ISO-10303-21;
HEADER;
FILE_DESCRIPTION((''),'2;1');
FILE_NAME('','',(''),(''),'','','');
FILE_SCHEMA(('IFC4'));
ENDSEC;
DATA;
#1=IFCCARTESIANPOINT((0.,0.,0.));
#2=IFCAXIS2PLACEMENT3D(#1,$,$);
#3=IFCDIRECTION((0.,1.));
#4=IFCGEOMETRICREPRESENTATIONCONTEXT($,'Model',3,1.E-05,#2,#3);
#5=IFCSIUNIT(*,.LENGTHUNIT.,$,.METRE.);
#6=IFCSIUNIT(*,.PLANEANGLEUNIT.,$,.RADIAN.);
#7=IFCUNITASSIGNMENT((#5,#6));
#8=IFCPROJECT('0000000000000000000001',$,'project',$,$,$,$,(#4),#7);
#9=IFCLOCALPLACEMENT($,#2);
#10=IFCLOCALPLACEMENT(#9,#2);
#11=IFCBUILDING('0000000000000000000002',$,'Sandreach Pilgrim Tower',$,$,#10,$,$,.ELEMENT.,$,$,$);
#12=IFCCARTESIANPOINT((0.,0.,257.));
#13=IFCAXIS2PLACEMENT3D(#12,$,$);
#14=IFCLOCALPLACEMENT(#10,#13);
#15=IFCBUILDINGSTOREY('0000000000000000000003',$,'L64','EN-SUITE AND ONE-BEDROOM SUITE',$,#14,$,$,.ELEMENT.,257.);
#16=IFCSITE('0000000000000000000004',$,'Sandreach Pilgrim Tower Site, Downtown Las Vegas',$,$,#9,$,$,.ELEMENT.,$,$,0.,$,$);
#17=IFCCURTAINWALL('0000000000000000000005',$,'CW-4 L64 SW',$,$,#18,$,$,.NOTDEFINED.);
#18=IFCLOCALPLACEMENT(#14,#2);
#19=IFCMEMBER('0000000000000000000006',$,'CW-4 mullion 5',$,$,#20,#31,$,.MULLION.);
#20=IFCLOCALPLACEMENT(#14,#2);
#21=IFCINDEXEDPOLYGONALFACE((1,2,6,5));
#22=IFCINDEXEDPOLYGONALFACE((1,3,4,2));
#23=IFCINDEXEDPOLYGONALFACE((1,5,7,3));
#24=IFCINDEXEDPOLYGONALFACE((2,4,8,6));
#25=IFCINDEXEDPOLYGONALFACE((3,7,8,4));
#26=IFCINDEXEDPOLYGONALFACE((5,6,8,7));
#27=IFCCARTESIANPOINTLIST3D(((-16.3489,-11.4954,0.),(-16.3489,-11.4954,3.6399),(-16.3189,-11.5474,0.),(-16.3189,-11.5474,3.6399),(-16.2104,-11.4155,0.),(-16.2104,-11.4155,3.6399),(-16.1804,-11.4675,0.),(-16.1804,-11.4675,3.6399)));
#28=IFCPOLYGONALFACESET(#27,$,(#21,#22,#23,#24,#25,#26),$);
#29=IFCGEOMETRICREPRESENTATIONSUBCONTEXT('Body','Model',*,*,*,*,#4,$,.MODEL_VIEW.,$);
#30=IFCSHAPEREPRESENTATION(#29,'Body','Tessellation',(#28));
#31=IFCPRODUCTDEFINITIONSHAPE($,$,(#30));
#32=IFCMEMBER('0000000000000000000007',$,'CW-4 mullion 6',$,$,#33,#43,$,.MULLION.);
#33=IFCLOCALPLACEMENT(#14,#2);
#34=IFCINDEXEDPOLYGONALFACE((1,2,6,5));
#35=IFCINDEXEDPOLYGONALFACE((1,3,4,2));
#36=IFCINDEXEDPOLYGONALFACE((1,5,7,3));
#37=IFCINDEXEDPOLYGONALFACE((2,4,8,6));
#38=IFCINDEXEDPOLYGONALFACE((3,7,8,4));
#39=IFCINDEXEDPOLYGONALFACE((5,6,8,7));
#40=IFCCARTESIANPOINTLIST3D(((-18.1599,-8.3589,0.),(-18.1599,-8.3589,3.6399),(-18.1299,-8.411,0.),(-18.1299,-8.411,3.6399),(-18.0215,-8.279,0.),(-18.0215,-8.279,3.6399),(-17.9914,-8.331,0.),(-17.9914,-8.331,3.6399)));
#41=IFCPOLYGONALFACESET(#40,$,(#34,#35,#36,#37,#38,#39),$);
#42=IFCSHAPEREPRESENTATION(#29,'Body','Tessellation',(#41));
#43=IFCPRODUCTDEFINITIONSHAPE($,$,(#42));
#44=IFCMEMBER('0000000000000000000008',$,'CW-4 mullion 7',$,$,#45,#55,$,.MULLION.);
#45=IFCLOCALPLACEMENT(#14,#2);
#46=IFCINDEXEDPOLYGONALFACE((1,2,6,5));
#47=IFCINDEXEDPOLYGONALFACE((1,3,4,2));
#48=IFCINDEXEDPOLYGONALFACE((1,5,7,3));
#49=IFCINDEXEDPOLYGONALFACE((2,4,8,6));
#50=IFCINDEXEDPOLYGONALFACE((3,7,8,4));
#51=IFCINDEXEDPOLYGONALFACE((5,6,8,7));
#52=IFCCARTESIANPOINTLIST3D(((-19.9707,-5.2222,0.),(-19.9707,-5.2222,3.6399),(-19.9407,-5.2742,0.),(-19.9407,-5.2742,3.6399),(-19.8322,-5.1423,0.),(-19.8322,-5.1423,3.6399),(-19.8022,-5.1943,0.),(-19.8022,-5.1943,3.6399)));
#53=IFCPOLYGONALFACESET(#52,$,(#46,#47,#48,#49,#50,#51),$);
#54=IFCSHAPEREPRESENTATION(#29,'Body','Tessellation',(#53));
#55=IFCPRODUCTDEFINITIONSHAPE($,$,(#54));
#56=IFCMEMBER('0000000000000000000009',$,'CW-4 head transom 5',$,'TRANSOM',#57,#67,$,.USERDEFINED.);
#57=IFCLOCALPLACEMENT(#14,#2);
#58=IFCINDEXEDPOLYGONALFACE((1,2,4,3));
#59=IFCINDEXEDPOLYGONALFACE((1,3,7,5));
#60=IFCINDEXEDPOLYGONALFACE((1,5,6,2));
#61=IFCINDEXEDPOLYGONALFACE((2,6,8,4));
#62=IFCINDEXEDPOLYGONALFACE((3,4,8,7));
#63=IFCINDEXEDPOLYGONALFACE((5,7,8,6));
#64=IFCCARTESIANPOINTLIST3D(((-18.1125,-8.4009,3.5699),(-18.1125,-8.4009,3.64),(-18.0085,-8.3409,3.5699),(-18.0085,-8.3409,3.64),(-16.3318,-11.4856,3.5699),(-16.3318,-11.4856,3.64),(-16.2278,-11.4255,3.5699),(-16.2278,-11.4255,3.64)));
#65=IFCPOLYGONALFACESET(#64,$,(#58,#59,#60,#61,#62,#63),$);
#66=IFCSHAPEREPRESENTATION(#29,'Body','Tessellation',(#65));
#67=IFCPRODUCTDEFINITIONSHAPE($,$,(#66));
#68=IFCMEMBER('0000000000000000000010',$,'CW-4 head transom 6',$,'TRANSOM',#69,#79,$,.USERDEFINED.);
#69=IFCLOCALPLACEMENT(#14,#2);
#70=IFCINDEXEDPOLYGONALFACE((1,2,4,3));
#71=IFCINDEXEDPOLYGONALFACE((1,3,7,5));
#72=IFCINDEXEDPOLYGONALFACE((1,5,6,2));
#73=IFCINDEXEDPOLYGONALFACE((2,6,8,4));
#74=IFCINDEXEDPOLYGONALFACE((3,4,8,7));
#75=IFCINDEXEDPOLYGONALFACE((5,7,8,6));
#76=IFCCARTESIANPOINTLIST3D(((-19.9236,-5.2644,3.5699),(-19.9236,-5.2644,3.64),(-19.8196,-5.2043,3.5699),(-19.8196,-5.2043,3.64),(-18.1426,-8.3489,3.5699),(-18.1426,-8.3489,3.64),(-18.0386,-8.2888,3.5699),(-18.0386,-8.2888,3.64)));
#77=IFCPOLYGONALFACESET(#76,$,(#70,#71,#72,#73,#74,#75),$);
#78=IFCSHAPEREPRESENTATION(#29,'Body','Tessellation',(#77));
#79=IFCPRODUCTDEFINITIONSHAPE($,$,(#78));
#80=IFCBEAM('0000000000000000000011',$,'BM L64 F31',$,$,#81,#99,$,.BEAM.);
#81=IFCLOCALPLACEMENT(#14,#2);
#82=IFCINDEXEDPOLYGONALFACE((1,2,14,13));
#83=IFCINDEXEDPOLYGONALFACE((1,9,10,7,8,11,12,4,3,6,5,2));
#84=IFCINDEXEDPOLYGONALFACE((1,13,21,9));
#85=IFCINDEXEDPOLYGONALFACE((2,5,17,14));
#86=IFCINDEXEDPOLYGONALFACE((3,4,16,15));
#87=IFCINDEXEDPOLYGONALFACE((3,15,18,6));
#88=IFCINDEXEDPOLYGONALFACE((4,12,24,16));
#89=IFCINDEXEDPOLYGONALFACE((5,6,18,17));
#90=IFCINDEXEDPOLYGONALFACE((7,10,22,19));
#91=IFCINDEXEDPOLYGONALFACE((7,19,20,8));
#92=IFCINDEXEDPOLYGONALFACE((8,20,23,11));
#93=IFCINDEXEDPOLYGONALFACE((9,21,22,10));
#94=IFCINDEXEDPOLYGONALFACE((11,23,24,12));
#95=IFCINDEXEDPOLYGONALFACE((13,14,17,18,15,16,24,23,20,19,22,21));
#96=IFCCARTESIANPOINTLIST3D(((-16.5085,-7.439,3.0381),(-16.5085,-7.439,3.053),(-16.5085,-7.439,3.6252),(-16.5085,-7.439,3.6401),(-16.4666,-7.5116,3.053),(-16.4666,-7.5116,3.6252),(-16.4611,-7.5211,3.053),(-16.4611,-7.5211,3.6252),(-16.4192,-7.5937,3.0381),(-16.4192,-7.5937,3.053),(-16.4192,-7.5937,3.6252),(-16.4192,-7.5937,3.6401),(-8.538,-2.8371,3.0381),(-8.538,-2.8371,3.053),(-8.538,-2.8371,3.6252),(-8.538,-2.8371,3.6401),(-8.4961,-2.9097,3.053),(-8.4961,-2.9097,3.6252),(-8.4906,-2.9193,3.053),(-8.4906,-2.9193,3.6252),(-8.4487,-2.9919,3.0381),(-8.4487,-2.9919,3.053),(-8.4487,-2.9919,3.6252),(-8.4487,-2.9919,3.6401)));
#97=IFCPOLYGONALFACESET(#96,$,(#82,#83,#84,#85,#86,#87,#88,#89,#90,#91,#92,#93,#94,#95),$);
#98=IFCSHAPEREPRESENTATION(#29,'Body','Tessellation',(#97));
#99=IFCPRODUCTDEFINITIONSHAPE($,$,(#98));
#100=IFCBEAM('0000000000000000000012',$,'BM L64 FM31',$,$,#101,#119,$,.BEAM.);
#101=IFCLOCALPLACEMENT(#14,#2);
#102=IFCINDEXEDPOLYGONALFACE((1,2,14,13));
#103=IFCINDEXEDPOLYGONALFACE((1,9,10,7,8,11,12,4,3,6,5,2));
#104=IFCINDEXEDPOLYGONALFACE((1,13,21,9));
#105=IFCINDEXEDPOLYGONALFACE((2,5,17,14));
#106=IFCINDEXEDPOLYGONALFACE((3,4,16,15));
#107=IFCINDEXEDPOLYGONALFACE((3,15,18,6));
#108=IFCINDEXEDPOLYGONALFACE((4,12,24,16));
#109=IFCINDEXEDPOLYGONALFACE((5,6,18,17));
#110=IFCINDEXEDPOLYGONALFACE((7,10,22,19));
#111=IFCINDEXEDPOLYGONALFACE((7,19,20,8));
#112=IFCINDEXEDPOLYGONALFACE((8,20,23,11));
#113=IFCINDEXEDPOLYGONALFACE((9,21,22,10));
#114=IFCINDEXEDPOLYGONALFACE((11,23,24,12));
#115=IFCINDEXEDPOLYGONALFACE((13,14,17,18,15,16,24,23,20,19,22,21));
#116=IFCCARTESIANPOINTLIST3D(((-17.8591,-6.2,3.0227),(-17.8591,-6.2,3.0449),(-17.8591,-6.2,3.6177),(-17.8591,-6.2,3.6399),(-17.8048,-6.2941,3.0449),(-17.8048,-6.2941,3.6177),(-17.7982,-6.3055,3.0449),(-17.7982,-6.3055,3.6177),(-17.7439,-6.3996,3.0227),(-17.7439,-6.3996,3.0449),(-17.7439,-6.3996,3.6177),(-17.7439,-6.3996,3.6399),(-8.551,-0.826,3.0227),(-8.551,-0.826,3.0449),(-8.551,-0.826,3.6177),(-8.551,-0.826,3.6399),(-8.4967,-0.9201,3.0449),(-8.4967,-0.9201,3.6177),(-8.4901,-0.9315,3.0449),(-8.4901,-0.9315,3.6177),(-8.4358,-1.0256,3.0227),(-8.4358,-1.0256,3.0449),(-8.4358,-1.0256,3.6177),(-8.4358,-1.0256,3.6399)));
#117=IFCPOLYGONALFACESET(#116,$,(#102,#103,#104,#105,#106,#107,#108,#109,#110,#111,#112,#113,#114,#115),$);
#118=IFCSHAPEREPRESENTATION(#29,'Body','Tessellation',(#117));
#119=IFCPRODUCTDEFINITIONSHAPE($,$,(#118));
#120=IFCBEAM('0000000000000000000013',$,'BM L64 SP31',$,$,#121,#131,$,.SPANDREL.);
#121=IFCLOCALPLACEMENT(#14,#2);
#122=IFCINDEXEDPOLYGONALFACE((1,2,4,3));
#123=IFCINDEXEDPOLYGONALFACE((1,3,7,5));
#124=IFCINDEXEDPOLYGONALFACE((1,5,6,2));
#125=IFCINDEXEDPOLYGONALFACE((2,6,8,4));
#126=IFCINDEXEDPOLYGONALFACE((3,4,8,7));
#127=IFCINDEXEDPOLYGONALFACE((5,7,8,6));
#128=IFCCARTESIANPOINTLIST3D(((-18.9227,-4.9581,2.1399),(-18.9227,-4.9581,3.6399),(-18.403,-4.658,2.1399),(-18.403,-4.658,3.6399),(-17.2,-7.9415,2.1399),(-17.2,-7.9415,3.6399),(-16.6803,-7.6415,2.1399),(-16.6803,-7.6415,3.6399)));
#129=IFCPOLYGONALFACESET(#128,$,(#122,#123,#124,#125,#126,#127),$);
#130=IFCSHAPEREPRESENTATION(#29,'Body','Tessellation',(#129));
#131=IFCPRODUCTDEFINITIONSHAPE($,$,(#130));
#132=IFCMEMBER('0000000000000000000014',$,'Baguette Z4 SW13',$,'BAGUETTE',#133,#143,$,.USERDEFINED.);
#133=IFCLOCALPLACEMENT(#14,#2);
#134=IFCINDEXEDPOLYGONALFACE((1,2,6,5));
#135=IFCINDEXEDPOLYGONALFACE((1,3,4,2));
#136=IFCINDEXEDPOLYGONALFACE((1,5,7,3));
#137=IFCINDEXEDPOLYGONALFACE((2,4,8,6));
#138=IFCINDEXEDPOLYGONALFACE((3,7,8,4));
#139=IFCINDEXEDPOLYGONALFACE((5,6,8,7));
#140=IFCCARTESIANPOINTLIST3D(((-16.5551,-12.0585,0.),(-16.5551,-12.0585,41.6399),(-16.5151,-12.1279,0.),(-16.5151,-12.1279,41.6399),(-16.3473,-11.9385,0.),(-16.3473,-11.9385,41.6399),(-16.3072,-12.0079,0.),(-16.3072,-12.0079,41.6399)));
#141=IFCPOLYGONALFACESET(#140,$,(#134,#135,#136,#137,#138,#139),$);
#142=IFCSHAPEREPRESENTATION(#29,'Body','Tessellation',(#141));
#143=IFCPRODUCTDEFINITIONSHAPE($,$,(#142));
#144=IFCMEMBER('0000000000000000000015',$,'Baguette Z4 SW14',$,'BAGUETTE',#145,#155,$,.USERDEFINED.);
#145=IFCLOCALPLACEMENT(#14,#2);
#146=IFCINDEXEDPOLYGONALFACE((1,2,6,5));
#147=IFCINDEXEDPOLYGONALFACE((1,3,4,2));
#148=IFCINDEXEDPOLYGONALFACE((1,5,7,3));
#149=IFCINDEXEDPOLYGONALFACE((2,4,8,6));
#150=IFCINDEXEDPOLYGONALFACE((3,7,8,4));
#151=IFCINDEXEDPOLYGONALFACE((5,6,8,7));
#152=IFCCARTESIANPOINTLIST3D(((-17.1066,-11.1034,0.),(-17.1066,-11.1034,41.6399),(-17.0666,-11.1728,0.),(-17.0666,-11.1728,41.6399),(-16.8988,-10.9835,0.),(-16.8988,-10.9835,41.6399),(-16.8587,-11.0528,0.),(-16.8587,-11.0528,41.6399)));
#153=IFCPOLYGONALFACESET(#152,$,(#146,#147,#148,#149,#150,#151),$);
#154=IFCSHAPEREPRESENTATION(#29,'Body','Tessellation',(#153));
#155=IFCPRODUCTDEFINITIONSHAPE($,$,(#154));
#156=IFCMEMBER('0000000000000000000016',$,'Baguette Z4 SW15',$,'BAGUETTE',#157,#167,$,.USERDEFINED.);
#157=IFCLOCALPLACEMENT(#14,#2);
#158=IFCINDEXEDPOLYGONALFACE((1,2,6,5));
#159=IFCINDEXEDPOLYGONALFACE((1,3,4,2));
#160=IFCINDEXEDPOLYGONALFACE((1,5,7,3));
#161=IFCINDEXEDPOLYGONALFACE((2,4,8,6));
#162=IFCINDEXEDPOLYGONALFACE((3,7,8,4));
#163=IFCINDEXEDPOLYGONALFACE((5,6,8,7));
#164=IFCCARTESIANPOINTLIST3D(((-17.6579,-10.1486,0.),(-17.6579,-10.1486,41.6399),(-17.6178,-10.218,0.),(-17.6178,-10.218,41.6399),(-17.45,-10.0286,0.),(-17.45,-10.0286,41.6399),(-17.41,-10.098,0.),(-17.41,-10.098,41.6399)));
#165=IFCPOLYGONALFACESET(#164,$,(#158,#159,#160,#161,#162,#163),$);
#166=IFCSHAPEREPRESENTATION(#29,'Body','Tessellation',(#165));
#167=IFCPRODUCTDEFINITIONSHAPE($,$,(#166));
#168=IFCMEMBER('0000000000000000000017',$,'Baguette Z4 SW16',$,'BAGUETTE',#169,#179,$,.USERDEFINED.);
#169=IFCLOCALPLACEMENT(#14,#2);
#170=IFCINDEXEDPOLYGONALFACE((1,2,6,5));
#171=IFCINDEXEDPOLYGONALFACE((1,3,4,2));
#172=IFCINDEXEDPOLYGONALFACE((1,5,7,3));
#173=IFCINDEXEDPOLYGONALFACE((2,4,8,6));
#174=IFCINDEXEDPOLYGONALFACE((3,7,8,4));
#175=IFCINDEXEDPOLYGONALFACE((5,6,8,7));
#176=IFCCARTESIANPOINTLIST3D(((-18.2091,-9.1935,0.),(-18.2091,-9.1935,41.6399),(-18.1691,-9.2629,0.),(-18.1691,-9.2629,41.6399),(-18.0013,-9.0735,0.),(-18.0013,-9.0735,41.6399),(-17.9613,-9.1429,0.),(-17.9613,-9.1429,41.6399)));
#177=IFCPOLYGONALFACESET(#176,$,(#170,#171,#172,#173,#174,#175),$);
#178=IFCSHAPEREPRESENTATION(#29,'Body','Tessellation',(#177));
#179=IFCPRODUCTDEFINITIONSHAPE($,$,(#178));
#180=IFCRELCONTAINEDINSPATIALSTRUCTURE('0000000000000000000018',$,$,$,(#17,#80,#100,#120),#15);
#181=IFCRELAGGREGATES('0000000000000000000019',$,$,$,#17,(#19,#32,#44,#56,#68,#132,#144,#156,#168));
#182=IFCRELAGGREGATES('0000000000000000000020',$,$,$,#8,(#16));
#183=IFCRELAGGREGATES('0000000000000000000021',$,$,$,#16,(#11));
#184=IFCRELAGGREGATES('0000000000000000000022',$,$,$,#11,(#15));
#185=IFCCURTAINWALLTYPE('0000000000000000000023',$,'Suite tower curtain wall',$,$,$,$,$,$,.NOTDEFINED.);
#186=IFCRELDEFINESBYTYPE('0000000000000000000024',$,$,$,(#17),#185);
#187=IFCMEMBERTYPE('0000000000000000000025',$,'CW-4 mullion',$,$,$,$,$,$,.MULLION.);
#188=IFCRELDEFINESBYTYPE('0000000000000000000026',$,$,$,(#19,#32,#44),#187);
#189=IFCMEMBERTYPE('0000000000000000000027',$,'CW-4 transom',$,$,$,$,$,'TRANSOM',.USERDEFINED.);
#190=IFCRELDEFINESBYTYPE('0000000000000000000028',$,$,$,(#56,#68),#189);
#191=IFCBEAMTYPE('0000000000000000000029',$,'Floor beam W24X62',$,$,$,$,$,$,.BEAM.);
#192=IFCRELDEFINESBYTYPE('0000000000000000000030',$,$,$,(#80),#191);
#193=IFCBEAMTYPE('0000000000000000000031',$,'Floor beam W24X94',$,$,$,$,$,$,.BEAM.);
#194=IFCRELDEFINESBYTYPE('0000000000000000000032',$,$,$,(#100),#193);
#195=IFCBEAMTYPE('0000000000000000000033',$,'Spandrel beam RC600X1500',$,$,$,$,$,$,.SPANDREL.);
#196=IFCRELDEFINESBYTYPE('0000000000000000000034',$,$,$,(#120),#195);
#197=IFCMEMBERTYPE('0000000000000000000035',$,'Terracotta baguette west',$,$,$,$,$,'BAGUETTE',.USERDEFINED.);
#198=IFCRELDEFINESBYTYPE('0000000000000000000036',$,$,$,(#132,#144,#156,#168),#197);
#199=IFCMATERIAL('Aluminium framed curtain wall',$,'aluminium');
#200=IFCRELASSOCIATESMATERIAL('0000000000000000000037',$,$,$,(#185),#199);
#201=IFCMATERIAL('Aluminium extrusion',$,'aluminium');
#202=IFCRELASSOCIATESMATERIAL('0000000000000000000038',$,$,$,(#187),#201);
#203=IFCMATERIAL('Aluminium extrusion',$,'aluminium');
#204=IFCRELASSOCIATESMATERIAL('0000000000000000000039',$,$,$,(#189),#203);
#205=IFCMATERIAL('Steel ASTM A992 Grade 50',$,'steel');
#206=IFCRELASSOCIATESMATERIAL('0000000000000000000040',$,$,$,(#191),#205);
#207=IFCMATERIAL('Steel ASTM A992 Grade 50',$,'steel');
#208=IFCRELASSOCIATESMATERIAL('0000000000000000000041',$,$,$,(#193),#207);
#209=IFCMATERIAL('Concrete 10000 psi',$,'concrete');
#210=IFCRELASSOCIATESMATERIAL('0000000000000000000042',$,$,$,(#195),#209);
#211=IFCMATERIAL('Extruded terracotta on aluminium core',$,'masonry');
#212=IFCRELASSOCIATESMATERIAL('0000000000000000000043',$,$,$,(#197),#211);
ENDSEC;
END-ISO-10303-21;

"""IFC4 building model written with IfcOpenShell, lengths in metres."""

from ifc_helpers import new_model, si_unit, direction, frame, origin, origin_2d, place, context, subcontext, project, spatial, rectangle, i_section, extrude, material, material_profile, profile_set, type_object, element, aggregate, save


model = new_model("IFC4")

# Units and contexts
model_context = context("Model", 3, precision=1e-05, world=origin(), true_north=direction((0.0, 1.0)))
body_context = subcontext(model_context, "Body", "Model", "MODEL_VIEW")
ifc_project = project(units=[si_unit("LENGTHUNIT", "METRE"), si_unit("PLANEANGLEUNIT", "RADIAN")], contexts=[model_context])

# Site, building, storey
site_placement = place(None, origin())
site = spatial("IfcSite", under=ifc_project, at=site_placement, Name="Sandreach Pilgrim Tower Site, Downtown Las Vegas", CompositionType="ELEMENT", RefElevation=0.0)
building_placement = place(site_placement, origin())
building = spatial("IfcBuilding", under=site, at=building_placement, Name="Sandreach Pilgrim Tower", CompositionType="ELEMENT")
storey_placement = place(building_placement, frame((0.0, 0.0, 257.0)))
storey = spatial("IfcBuildingStorey", under=building, at=storey_placement, Name="L64", Description="EN-SUITE AND ONE-BEDROOM SUITE", CompositionType="ELEMENT", Elevation=257.0)

# Curtain wall, members
ifc_material_1 = material(Name="Aluminium framed curtain wall", Category="aluminium")
curtain_wall_type = type_object("IfcCurtainWallType", Name="Suite tower curtain wall", PredefinedType="NOTDEFINED", material=ifc_material_1)
curtain_wall_placement = place(storey_placement, origin())
curtain_wall = element("IfcCurtainWall", 1, at=curtain_wall_placement, inside=storey, type_object=curtain_wall_type, Name="CW-4 L64 SW", PredefinedType="NOTDEFINED")
ifc_material_2 = material(Name="Aluminium extrusion", Category="aluminium")
ifc_material_profile_1 = material_profile(ifc_material_2, rectangle(XDim=0.0601, YDim=0.1599, at=origin_2d()), Name="CW-4M 60X160")
ifc_profile_set_1 = profile_set([ifc_material_profile_1], Name="Aluminium extrusion")
member_type_1 = type_object("IfcMemberType", Name="CW-4 mullion", PredefinedType="MULLION", material=ifc_profile_set_1)
member_1_placement = place(storey_placement, frame((-16.2646, -11.4814, 0.0), z_axis=(0.0, 0.0, 1.0), x_axis=(-0.5, 0.866025, 0.0)))
member_1 = element("IfcMember", 2, at=member_1_placement, type_object=member_type_1, Name="CW-4 mullion 5", PredefinedType="MULLION", context=body_context, shape_type="SweptSolid", body=[
    extrude(rectangle(XDim=0.0601, YDim=0.1599, at=origin_2d()), origin(), (0.0, 0.0, 1.0), 3.6399),
])
member_2_placement = place(storey_placement, frame((-18.0757, -8.345, 0.0), z_axis=(0.0, 0.0, 1.0), x_axis=(-0.5, 0.866025, 0.0)))
member_2 = element("IfcMember", 3, at=member_2_placement, type_object=member_type_1, Name="CW-4 mullion 6", PredefinedType="MULLION", context=body_context, shape_type="SweptSolid", body=[
    extrude(rectangle(XDim=0.0601, YDim=0.1599, at=origin_2d()), origin(), (0.0, 0.0, 1.0), 3.6399),
])
member_3_placement = place(storey_placement, frame((-19.8865, -5.2083, 0.0), z_axis=(0.0, 0.0, 1.0), x_axis=(-0.5, 0.866025, 0.0)))
member_3 = element("IfcMember", 4, at=member_3_placement, type_object=member_type_1, Name="CW-4 mullion 7", PredefinedType="MULLION", context=body_context, shape_type="SweptSolid", body=[
    extrude(rectangle(XDim=0.0601, YDim=0.1599, at=origin_2d()), origin(), (0.0, 0.0, 1.0), 3.6399),
])
ifc_material_3 = material(Name="Aluminium extrusion", Category="aluminium")
ifc_material_profile_2 = material_profile(ifc_material_3, rectangle(XDim=0.1201, YDim=0.0701, at=origin_2d()), Name="CW-4T 120X70")
ifc_profile_set_2 = profile_set([ifc_material_profile_2], Name="Aluminium extrusion")
member_type_2 = type_object("IfcMemberType", Name="CW-4 transom", ElementType="TRANSOM", PredefinedType="USERDEFINED", material=ifc_profile_set_2)
member_4_placement = place(storey_placement, frame((-16.2798, -11.4556, 3.605), z_axis=(-0.499958, 0.86605, 0.0), x_axis=(-0.86605, -0.499958, 0.0)))
member_4 = element("IfcMember", 5, at=member_4_placement, type_object=member_type_2, Name="CW-4 head transom 5", ObjectType="TRANSOM", PredefinedType="USERDEFINED", context=body_context, shape_type="SweptSolid", body=[
    extrude(rectangle(XDim=0.1201, YDim=0.0701, at=origin_2d()), origin(), (0.0, 0.0, 1.0), 3.5618),
])
member_5_placement = place(storey_placement, frame((-18.0906, -8.3188, 3.605), z_axis=(-0.500039, 0.866003, 0.0), x_axis=(-0.866003, -0.500039, 0.0)))
member_5 = element("IfcMember", 6, at=member_5_placement, type_object=member_type_2, Name="CW-4 head transom 6", ObjectType="TRANSOM", PredefinedType="USERDEFINED", context=body_context, shape_type="SweptSolid", body=[
    extrude(rectangle(XDim=0.1201, YDim=0.0701, at=origin_2d()), origin(), (0.0, 0.0, 1.0), 3.5618),
])

# Beams
ifc_material_4 = material(Name="Steel ASTM A992 Grade 50", Category="steel")
ifc_material_profile_3 = material_profile(ifc_material_4, i_section(OverallWidth=0.1787, OverallDepth=0.6021, WebThickness=0.011, FlangeThickness=0.0149, at=origin_2d()), Name="W24X62")
ifc_profile_set_3 = profile_set([ifc_material_profile_3], Name="Steel ASTM A992 Grade 50")
beam_type_1 = type_object("IfcBeamType", Name="Floor beam W24X62", PredefinedType="BEAM", material=ifc_profile_set_3)
beam_1_placement = place(storey_placement, frame((-16.4639, -7.5164, 3.3391), z_axis=(0.866023, 0.500005, 0.0), x_axis=(-0.500005, 0.866023, 0.0)))
element("IfcBeam", 7, at=beam_1_placement, inside=storey, type_object=beam_type_1, Name="BM L64 F31", PredefinedType="BEAM", context=body_context, shape_type="SweptSolid", body=[
    extrude(i_section(OverallWidth=0.1787, OverallDepth=0.6021, WebThickness=0.011, FlangeThickness=0.0149, at=origin_2d()), origin(), (0.0, 0.0, 1.0), 9.2036),
])
ifc_material_5 = material(Name="Steel ASTM A992 Grade 50", Category="steel")
ifc_material_profile_4 = material_profile(ifc_material_5, i_section(OverallWidth=0.2305, OverallDepth=0.6172, WebThickness=0.0132, FlangeThickness=0.0222, at=origin_2d()), Name="W24X94")
ifc_profile_set_4 = profile_set([ifc_material_profile_4], Name="Steel ASTM A992 Grade 50")
beam_type_2 = type_object("IfcBeamType", Name="Floor beam W24X94", PredefinedType="BEAM", material=ifc_profile_set_4)
beam_2_placement = place(storey_placement, frame((-17.8015, -6.2998, 3.3313), z_axis=(0.866026, 0.499999, 0.0), x_axis=(-0.499999, 0.866026, 0.0)))
element("IfcBeam", 8, at=beam_2_placement, inside=storey, type_object=beam_type_2, Name="BM L64 FM31", PredefinedType="BEAM", context=body_context, shape_type="SweptSolid", body=[
    extrude(i_section(OverallWidth=0.2305, OverallDepth=0.6172, WebThickness=0.0132, FlangeThickness=0.0222, at=origin_2d()), origin(), (0.0, 0.0, 1.0), 10.748),
])
ifc_material_6 = material(Name="Concrete 10000 psi", Category="concrete")
ifc_material_profile_5 = material_profile(ifc_material_6, rectangle(XDim=0.6001, YDim=1.5, at=origin_2d()), Name="RC600X1500")
ifc_profile_set_5 = profile_set([ifc_material_profile_5], Name="Concrete 10000 psi")
beam_type_3 = type_object("IfcBeamType", Name="Spandrel beam RC600X1500", PredefinedType="SPANDREL", material=ifc_profile_set_5)
beam_3_placement = place(storey_placement, frame((-16.9402, -7.7915, 2.8899), z_axis=(-0.500041, 0.866001, 0.0), x_axis=(-0.866001, -0.500041, 0.0)))
element("IfcBeam", 9, at=beam_3_placement, inside=storey, type_object=beam_type_3, Name="BM L64 SP31", PredefinedType="SPANDREL", context=body_context, shape_type="SweptSolid", body=[
    extrude(rectangle(XDim=0.6001, YDim=1.5, at=origin_2d()), origin(), (0.0, 0.0, 1.0), 3.4451),
])

# Members
ifc_material_7 = material(Name="Extruded terracotta on aluminium core", Category="masonry")
ifc_material_profile_6 = material_profile(ifc_material_7, rectangle(XDim=0.0801, YDim=0.24, at=origin_2d()), Name="TBW 80X240")
ifc_profile_set_6 = profile_set([ifc_material_profile_6], Name="Extruded terracotta on aluminium core")
member_type_3 = type_object("IfcMemberType", Name="Terracotta baguette west", ElementType="BAGUETTE", PredefinedType="USERDEFINED", material=ifc_profile_set_6)
member_6_placement = place(storey_placement, frame((-16.4312, -12.0332, 0.0), z_axis=(0.0, 0.0, 1.0), x_axis=(-0.5, 0.866025, 0.0)))
member_6 = element("IfcMember", 10, at=member_6_placement, type_object=member_type_3, Name="Baguette Z4 SW13", ObjectType="BAGUETTE", PredefinedType="USERDEFINED", context=body_context, shape_type="SweptSolid", body=[
    extrude(rectangle(XDim=0.0801, YDim=0.24, at=origin_2d()), origin(), (0.0, 0.0, 1.0), 41.6399),
])
member_7_placement = place(storey_placement, frame((-16.9827, -11.0781, 0.0), z_axis=(0.0, 0.0, 1.0), x_axis=(-0.5, 0.866025, 0.0)))
member_7 = element("IfcMember", 11, at=member_7_placement, type_object=member_type_3, Name="Baguette Z4 SW14", ObjectType="BAGUETTE", PredefinedType="USERDEFINED", context=body_context, shape_type="SweptSolid", body=[
    extrude(rectangle(XDim=0.0801, YDim=0.24, at=origin_2d()), origin(), (0.0, 0.0, 1.0), 41.6399),
])
member_8_placement = place(storey_placement, frame((-17.5339, -10.1233, 0.0), z_axis=(0.0, 0.0, 1.0), x_axis=(-0.5, 0.866025, 0.0)))
member_8 = element("IfcMember", 12, at=member_8_placement, type_object=member_type_3, Name="Baguette Z4 SW15", ObjectType="BAGUETTE", PredefinedType="USERDEFINED", context=body_context, shape_type="SweptSolid", body=[
    extrude(rectangle(XDim=0.0801, YDim=0.24, at=origin_2d()), origin(), (0.0, 0.0, 1.0), 41.6399),
])
member_9_placement = place(storey_placement, frame((-18.0852, -9.1682, 0.0), z_axis=(0.0, 0.0, 1.0), x_axis=(-0.5, 0.866025, 0.0)))
member_9 = element("IfcMember", 13, at=member_9_placement, type_object=member_type_3, Name="Baguette Z4 SW16", ObjectType="BAGUETTE", PredefinedType="USERDEFINED", context=body_context, shape_type="SweptSolid", body=[
    extrude(rectangle(XDim=0.0801, YDim=0.24, at=origin_2d()), origin(), (0.0, 0.0, 1.0), 41.6399),
])

aggregate(curtain_wall, [member_1, member_2, member_3, member_4, member_5, member_6, member_7, member_8, member_9])

save(model, "model.ifc")
